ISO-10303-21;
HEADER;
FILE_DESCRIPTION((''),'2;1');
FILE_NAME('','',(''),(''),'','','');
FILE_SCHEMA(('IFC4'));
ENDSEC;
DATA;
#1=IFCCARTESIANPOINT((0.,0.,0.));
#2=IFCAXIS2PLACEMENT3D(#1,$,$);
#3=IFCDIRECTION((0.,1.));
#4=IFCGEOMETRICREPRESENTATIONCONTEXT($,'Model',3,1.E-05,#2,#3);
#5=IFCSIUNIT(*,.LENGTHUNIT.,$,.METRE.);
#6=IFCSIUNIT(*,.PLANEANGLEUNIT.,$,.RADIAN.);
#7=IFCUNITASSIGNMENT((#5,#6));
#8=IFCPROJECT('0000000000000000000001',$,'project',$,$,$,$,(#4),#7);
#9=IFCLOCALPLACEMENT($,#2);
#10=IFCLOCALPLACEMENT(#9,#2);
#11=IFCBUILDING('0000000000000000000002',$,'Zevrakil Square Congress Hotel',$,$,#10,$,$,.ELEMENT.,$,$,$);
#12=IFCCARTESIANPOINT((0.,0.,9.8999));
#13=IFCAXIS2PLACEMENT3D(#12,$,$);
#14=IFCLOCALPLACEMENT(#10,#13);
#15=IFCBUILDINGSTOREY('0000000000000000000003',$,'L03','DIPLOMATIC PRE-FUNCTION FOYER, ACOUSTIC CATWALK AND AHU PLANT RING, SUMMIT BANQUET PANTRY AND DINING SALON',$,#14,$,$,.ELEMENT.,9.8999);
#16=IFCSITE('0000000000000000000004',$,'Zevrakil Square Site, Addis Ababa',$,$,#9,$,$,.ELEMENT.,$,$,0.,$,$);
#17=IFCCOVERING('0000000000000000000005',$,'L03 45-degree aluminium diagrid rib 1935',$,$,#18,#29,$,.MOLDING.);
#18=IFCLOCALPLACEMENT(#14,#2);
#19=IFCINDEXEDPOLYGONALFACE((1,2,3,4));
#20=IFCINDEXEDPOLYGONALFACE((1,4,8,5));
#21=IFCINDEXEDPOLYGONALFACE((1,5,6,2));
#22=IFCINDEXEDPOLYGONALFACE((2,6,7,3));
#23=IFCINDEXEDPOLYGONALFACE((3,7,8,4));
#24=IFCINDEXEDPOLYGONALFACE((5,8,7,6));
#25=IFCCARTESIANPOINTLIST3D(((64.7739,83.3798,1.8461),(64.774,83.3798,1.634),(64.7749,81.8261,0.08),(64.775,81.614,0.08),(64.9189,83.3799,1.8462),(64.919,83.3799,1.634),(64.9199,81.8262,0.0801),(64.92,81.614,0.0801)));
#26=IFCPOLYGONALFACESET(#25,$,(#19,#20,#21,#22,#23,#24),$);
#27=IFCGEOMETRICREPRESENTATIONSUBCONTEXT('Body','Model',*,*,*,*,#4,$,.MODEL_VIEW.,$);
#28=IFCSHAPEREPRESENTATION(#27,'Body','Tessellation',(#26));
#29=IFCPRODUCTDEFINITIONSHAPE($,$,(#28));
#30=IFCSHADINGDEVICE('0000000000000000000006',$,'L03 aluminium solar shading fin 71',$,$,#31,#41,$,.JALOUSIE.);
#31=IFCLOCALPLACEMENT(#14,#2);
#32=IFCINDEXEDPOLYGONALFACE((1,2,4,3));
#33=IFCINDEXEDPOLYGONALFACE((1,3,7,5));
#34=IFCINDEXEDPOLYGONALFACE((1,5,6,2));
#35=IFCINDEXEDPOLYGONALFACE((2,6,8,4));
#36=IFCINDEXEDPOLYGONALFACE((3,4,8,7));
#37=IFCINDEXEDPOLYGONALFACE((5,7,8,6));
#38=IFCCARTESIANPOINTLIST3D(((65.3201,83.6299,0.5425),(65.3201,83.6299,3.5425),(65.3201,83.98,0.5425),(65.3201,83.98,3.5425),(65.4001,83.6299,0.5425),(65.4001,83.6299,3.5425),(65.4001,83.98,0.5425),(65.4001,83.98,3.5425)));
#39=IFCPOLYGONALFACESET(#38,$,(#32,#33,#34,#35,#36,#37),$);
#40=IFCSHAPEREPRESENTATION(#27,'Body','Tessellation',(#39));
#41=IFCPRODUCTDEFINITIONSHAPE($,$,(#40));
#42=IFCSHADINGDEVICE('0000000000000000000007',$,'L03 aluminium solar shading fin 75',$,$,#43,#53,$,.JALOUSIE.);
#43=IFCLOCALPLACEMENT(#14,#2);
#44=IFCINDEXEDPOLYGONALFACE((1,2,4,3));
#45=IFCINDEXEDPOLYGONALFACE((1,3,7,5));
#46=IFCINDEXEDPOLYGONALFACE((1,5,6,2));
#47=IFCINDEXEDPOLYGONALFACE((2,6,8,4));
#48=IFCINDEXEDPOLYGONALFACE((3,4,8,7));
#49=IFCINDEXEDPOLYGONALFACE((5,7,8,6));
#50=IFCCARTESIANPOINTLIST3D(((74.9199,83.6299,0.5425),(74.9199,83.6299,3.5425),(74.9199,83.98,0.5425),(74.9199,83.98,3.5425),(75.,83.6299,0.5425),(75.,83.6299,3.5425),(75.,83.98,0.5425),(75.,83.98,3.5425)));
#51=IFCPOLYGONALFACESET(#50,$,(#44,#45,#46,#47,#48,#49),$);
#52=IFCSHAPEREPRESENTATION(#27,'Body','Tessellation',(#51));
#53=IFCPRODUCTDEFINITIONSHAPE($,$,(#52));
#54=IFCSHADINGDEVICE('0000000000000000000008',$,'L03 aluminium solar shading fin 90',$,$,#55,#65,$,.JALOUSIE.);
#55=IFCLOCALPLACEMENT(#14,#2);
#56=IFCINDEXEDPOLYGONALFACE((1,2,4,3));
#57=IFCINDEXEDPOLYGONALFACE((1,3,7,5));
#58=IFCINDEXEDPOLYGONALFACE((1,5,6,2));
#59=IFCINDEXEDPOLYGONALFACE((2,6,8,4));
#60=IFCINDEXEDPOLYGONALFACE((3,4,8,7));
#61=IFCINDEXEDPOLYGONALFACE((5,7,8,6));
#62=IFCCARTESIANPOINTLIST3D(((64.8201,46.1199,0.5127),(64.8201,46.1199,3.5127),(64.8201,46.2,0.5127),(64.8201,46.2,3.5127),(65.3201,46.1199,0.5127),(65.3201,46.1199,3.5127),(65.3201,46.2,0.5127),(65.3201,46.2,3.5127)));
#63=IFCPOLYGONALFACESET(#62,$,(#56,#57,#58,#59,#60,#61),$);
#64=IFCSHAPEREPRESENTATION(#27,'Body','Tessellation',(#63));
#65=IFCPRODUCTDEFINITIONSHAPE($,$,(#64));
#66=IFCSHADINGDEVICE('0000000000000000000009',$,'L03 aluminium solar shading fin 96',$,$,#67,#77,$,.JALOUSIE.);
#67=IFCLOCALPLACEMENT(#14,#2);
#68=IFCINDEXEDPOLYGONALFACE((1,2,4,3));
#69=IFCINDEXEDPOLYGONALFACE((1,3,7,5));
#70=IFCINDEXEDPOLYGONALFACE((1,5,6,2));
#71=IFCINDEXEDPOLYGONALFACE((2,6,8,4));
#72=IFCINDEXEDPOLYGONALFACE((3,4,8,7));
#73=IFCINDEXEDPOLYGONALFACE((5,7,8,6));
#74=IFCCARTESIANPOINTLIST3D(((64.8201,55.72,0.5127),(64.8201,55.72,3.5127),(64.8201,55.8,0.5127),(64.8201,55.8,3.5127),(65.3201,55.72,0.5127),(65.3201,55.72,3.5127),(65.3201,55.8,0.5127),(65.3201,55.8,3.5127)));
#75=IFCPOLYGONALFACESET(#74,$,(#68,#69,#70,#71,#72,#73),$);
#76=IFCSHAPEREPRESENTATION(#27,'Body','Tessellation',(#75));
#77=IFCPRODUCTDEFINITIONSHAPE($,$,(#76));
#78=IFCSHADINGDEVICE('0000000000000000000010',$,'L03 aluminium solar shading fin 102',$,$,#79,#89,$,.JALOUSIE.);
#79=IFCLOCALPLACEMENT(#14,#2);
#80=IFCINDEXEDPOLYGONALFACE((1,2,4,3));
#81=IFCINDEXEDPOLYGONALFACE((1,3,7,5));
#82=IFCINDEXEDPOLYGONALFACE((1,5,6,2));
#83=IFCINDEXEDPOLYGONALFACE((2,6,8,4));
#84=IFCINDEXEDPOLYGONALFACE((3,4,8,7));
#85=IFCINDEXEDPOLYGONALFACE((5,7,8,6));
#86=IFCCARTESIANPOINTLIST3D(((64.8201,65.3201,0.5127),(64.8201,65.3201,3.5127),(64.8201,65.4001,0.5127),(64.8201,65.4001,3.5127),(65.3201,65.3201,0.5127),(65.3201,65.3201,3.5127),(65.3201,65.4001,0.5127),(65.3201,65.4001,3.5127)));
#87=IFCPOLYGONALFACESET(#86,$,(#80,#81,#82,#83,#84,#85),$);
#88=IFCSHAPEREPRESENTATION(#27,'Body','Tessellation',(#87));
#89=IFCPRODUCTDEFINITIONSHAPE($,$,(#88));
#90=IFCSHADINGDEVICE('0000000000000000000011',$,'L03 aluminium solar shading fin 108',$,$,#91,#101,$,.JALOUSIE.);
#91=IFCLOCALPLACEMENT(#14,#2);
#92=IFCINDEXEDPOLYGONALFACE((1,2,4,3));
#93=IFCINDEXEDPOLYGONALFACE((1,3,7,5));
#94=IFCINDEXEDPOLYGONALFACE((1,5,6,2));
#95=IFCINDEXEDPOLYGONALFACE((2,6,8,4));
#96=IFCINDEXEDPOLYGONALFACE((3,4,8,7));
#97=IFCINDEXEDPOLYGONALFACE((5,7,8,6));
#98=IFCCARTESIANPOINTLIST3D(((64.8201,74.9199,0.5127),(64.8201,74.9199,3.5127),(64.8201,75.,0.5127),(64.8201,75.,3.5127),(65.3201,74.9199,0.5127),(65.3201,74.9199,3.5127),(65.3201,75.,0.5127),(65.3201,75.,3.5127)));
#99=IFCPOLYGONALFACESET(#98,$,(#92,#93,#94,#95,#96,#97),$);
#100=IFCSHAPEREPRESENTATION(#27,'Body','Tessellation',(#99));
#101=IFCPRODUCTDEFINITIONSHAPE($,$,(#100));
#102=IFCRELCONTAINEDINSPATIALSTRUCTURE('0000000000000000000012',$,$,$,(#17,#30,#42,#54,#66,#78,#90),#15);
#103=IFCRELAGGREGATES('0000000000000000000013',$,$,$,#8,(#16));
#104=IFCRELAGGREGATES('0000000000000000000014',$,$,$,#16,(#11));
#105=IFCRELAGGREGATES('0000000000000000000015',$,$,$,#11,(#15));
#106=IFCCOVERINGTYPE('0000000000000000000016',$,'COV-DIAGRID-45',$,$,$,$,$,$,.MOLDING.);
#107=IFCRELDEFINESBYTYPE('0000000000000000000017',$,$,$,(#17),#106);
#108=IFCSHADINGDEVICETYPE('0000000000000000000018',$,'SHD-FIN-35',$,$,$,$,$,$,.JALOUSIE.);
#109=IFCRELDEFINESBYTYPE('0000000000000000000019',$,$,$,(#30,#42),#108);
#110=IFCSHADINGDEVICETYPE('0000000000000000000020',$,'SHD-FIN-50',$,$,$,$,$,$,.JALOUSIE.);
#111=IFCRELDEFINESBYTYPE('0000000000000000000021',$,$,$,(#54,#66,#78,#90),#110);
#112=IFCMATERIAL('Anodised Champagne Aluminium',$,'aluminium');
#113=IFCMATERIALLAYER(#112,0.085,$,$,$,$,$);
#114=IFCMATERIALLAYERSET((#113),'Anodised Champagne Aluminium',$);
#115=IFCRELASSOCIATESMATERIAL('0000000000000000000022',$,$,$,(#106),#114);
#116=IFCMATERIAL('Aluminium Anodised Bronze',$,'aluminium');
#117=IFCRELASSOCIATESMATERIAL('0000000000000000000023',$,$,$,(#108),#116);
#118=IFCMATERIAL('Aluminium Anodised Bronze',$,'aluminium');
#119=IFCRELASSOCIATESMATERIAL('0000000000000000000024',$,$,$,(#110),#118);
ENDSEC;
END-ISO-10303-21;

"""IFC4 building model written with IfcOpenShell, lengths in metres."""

from ifc_helpers import new_model, si_unit, direction, frame, origin, origin_2d, place, context, subcontext, project, spatial, polyline, rectangle, outline, extrude, material, layer, layer_set, type_object, element, save


model = new_model("IFC4")

# Units and contexts
model_context = context("Model", 3, precision=1e-05, world=origin(), true_north=direction((0.0, 1.0)))
body_context = subcontext(model_context, "Body", "Model", "MODEL_VIEW")
ifc_project = project(units=[si_unit("LENGTHUNIT", "METRE"), si_unit("PLANEANGLEUNIT", "RADIAN")], contexts=[model_context])

# Site, building, storey
site_placement = place(None, origin())
site = spatial("IfcSite", under=ifc_project, at=site_placement, Name="Zevrakil Square Site, Addis Ababa", CompositionType="ELEMENT", RefElevation=0.0)
building_placement = place(site_placement, origin())
building = spatial("IfcBuilding", under=site, at=building_placement, Name="Zevrakil Square Congress Hotel", CompositionType="ELEMENT")
storey_placement = place(building_placement, frame((0.0, 0.0, 9.8999)))
storey = spatial("IfcBuildingStorey", under=building, at=storey_placement, Name="L03", Description="DIPLOMATIC PRE-FUNCTION FOYER, ACOUSTIC CATWALK AND AHU PLANT RING, SUMMIT BANQUET PANTRY AND DINING SALON", CompositionType="ELEMENT", Elevation=9.8999)

# Covering
ifc_material_1 = material(Name="Anodised Champagne Aluminium", Category="aluminium")
ifc_layer_1 = layer(ifc_material_1, 0.085)
ifc_layer_set_1 = layer_set([ifc_layer_1], Name="Anodised Champagne Aluminium")
covering_type_1 = type_object("IfcCoveringType", Name="COV-DIAGRID-45", PredefinedType="MOLDING", material=ifc_layer_set_1)
covering_1_placement = place(storey_placement, frame((64.9199, 81.8262, 0.0801), z_axis=(1.0, 0.000294, 0.000294), x_axis=(0.000294, -1.0, 0.0)))
element("IfcCovering", 1, at=covering_1_placement, inside=storey, type_object=covering_type_1, Name="L03 45-degree aluminium diagrid rib 1935", PredefinedType="MOLDING", context=body_context, shape_type="SweptSolid", body=[
    extrude(outline(polyline([(0.0, 0.0), (0.2122, 0.0), (-1.5537, -1.7661), (-1.5537, -1.554), (0.0, 0.0)])), origin(), (0.0, 0.0, -1.0), 0.145),
])

# Shading devices
ifc_material_2 = material(Name="Aluminium Anodised Bronze", Category="aluminium")
shading_device_type_1 = type_object("IfcShadingDeviceType", Name="SHD-FIN-35", PredefinedType="JALOUSIE", material=ifc_material_2)
for number, where, z_axis, x_axis, name in (
    (2, (65.3601, 83.8049, 0.5425), (0.0, 0.0, 1.0), (0.0, -1.0, 0.0), "L03 aluminium solar shading fin 71"),
    (3, (74.96, 83.8049, 0.5425), (0.0, 0.0, 1.0), (0.0, -1.0, 0.0), "L03 aluminium solar shading fin 75"),
):
    element("IfcShadingDevice", number, at=place(storey_placement, frame(where, z_axis=z_axis, x_axis=x_axis)), inside=storey, type_object=shading_device_type_1, Name=name, PredefinedType="JALOUSIE", context=body_context, shape_type="SweptSolid", body=[
        extrude(rectangle(XDim=0.3501, YDim=0.0801, at=origin_2d()), origin(), (0.0, 0.0, 1.0), 3.0),
    ])
ifc_material_3 = material(Name="Aluminium Anodised Bronze", Category="aluminium")
shading_device_type_2 = type_object("IfcShadingDeviceType", Name="SHD-FIN-50", PredefinedType="JALOUSIE", material=ifc_material_3)
for number, where, z_axis, x_axis, name in (
    (4, (65.0701, 46.1599, 0.5127), (0.0, 0.0, 1.0), (1.0, 0.0, 0.0), "L03 aluminium solar shading fin 90"),
    (5, (65.0701, 55.76, 0.5127), (0.0, 0.0, 1.0), (1.0, 0.0, 0.0), "L03 aluminium solar shading fin 96"),
    (6, (65.0701, 65.3601, 0.5127), (0.0, 0.0, 1.0), (1.0, 0.0, 0.0), "L03 aluminium solar shading fin 102"),
    (7, (65.0701, 74.96, 0.5127), (0.0, 0.0, 1.0), (1.0, 0.0, 0.0), "L03 aluminium solar shading fin 108"),
):
    element("IfcShadingDevice", number, at=place(storey_placement, frame(where, z_axis=z_axis, x_axis=x_axis)), inside=storey, type_object=shading_device_type_2, Name=name, PredefinedType="JALOUSIE", context=body_context, shape_type="SweptSolid", body=[
        extrude(rectangle(XDim=0.5, YDim=0.0801, at=origin_2d()), origin(), (0.0, 0.0, 1.0), 3.0),
    ])

save(model, "model.ifc")
